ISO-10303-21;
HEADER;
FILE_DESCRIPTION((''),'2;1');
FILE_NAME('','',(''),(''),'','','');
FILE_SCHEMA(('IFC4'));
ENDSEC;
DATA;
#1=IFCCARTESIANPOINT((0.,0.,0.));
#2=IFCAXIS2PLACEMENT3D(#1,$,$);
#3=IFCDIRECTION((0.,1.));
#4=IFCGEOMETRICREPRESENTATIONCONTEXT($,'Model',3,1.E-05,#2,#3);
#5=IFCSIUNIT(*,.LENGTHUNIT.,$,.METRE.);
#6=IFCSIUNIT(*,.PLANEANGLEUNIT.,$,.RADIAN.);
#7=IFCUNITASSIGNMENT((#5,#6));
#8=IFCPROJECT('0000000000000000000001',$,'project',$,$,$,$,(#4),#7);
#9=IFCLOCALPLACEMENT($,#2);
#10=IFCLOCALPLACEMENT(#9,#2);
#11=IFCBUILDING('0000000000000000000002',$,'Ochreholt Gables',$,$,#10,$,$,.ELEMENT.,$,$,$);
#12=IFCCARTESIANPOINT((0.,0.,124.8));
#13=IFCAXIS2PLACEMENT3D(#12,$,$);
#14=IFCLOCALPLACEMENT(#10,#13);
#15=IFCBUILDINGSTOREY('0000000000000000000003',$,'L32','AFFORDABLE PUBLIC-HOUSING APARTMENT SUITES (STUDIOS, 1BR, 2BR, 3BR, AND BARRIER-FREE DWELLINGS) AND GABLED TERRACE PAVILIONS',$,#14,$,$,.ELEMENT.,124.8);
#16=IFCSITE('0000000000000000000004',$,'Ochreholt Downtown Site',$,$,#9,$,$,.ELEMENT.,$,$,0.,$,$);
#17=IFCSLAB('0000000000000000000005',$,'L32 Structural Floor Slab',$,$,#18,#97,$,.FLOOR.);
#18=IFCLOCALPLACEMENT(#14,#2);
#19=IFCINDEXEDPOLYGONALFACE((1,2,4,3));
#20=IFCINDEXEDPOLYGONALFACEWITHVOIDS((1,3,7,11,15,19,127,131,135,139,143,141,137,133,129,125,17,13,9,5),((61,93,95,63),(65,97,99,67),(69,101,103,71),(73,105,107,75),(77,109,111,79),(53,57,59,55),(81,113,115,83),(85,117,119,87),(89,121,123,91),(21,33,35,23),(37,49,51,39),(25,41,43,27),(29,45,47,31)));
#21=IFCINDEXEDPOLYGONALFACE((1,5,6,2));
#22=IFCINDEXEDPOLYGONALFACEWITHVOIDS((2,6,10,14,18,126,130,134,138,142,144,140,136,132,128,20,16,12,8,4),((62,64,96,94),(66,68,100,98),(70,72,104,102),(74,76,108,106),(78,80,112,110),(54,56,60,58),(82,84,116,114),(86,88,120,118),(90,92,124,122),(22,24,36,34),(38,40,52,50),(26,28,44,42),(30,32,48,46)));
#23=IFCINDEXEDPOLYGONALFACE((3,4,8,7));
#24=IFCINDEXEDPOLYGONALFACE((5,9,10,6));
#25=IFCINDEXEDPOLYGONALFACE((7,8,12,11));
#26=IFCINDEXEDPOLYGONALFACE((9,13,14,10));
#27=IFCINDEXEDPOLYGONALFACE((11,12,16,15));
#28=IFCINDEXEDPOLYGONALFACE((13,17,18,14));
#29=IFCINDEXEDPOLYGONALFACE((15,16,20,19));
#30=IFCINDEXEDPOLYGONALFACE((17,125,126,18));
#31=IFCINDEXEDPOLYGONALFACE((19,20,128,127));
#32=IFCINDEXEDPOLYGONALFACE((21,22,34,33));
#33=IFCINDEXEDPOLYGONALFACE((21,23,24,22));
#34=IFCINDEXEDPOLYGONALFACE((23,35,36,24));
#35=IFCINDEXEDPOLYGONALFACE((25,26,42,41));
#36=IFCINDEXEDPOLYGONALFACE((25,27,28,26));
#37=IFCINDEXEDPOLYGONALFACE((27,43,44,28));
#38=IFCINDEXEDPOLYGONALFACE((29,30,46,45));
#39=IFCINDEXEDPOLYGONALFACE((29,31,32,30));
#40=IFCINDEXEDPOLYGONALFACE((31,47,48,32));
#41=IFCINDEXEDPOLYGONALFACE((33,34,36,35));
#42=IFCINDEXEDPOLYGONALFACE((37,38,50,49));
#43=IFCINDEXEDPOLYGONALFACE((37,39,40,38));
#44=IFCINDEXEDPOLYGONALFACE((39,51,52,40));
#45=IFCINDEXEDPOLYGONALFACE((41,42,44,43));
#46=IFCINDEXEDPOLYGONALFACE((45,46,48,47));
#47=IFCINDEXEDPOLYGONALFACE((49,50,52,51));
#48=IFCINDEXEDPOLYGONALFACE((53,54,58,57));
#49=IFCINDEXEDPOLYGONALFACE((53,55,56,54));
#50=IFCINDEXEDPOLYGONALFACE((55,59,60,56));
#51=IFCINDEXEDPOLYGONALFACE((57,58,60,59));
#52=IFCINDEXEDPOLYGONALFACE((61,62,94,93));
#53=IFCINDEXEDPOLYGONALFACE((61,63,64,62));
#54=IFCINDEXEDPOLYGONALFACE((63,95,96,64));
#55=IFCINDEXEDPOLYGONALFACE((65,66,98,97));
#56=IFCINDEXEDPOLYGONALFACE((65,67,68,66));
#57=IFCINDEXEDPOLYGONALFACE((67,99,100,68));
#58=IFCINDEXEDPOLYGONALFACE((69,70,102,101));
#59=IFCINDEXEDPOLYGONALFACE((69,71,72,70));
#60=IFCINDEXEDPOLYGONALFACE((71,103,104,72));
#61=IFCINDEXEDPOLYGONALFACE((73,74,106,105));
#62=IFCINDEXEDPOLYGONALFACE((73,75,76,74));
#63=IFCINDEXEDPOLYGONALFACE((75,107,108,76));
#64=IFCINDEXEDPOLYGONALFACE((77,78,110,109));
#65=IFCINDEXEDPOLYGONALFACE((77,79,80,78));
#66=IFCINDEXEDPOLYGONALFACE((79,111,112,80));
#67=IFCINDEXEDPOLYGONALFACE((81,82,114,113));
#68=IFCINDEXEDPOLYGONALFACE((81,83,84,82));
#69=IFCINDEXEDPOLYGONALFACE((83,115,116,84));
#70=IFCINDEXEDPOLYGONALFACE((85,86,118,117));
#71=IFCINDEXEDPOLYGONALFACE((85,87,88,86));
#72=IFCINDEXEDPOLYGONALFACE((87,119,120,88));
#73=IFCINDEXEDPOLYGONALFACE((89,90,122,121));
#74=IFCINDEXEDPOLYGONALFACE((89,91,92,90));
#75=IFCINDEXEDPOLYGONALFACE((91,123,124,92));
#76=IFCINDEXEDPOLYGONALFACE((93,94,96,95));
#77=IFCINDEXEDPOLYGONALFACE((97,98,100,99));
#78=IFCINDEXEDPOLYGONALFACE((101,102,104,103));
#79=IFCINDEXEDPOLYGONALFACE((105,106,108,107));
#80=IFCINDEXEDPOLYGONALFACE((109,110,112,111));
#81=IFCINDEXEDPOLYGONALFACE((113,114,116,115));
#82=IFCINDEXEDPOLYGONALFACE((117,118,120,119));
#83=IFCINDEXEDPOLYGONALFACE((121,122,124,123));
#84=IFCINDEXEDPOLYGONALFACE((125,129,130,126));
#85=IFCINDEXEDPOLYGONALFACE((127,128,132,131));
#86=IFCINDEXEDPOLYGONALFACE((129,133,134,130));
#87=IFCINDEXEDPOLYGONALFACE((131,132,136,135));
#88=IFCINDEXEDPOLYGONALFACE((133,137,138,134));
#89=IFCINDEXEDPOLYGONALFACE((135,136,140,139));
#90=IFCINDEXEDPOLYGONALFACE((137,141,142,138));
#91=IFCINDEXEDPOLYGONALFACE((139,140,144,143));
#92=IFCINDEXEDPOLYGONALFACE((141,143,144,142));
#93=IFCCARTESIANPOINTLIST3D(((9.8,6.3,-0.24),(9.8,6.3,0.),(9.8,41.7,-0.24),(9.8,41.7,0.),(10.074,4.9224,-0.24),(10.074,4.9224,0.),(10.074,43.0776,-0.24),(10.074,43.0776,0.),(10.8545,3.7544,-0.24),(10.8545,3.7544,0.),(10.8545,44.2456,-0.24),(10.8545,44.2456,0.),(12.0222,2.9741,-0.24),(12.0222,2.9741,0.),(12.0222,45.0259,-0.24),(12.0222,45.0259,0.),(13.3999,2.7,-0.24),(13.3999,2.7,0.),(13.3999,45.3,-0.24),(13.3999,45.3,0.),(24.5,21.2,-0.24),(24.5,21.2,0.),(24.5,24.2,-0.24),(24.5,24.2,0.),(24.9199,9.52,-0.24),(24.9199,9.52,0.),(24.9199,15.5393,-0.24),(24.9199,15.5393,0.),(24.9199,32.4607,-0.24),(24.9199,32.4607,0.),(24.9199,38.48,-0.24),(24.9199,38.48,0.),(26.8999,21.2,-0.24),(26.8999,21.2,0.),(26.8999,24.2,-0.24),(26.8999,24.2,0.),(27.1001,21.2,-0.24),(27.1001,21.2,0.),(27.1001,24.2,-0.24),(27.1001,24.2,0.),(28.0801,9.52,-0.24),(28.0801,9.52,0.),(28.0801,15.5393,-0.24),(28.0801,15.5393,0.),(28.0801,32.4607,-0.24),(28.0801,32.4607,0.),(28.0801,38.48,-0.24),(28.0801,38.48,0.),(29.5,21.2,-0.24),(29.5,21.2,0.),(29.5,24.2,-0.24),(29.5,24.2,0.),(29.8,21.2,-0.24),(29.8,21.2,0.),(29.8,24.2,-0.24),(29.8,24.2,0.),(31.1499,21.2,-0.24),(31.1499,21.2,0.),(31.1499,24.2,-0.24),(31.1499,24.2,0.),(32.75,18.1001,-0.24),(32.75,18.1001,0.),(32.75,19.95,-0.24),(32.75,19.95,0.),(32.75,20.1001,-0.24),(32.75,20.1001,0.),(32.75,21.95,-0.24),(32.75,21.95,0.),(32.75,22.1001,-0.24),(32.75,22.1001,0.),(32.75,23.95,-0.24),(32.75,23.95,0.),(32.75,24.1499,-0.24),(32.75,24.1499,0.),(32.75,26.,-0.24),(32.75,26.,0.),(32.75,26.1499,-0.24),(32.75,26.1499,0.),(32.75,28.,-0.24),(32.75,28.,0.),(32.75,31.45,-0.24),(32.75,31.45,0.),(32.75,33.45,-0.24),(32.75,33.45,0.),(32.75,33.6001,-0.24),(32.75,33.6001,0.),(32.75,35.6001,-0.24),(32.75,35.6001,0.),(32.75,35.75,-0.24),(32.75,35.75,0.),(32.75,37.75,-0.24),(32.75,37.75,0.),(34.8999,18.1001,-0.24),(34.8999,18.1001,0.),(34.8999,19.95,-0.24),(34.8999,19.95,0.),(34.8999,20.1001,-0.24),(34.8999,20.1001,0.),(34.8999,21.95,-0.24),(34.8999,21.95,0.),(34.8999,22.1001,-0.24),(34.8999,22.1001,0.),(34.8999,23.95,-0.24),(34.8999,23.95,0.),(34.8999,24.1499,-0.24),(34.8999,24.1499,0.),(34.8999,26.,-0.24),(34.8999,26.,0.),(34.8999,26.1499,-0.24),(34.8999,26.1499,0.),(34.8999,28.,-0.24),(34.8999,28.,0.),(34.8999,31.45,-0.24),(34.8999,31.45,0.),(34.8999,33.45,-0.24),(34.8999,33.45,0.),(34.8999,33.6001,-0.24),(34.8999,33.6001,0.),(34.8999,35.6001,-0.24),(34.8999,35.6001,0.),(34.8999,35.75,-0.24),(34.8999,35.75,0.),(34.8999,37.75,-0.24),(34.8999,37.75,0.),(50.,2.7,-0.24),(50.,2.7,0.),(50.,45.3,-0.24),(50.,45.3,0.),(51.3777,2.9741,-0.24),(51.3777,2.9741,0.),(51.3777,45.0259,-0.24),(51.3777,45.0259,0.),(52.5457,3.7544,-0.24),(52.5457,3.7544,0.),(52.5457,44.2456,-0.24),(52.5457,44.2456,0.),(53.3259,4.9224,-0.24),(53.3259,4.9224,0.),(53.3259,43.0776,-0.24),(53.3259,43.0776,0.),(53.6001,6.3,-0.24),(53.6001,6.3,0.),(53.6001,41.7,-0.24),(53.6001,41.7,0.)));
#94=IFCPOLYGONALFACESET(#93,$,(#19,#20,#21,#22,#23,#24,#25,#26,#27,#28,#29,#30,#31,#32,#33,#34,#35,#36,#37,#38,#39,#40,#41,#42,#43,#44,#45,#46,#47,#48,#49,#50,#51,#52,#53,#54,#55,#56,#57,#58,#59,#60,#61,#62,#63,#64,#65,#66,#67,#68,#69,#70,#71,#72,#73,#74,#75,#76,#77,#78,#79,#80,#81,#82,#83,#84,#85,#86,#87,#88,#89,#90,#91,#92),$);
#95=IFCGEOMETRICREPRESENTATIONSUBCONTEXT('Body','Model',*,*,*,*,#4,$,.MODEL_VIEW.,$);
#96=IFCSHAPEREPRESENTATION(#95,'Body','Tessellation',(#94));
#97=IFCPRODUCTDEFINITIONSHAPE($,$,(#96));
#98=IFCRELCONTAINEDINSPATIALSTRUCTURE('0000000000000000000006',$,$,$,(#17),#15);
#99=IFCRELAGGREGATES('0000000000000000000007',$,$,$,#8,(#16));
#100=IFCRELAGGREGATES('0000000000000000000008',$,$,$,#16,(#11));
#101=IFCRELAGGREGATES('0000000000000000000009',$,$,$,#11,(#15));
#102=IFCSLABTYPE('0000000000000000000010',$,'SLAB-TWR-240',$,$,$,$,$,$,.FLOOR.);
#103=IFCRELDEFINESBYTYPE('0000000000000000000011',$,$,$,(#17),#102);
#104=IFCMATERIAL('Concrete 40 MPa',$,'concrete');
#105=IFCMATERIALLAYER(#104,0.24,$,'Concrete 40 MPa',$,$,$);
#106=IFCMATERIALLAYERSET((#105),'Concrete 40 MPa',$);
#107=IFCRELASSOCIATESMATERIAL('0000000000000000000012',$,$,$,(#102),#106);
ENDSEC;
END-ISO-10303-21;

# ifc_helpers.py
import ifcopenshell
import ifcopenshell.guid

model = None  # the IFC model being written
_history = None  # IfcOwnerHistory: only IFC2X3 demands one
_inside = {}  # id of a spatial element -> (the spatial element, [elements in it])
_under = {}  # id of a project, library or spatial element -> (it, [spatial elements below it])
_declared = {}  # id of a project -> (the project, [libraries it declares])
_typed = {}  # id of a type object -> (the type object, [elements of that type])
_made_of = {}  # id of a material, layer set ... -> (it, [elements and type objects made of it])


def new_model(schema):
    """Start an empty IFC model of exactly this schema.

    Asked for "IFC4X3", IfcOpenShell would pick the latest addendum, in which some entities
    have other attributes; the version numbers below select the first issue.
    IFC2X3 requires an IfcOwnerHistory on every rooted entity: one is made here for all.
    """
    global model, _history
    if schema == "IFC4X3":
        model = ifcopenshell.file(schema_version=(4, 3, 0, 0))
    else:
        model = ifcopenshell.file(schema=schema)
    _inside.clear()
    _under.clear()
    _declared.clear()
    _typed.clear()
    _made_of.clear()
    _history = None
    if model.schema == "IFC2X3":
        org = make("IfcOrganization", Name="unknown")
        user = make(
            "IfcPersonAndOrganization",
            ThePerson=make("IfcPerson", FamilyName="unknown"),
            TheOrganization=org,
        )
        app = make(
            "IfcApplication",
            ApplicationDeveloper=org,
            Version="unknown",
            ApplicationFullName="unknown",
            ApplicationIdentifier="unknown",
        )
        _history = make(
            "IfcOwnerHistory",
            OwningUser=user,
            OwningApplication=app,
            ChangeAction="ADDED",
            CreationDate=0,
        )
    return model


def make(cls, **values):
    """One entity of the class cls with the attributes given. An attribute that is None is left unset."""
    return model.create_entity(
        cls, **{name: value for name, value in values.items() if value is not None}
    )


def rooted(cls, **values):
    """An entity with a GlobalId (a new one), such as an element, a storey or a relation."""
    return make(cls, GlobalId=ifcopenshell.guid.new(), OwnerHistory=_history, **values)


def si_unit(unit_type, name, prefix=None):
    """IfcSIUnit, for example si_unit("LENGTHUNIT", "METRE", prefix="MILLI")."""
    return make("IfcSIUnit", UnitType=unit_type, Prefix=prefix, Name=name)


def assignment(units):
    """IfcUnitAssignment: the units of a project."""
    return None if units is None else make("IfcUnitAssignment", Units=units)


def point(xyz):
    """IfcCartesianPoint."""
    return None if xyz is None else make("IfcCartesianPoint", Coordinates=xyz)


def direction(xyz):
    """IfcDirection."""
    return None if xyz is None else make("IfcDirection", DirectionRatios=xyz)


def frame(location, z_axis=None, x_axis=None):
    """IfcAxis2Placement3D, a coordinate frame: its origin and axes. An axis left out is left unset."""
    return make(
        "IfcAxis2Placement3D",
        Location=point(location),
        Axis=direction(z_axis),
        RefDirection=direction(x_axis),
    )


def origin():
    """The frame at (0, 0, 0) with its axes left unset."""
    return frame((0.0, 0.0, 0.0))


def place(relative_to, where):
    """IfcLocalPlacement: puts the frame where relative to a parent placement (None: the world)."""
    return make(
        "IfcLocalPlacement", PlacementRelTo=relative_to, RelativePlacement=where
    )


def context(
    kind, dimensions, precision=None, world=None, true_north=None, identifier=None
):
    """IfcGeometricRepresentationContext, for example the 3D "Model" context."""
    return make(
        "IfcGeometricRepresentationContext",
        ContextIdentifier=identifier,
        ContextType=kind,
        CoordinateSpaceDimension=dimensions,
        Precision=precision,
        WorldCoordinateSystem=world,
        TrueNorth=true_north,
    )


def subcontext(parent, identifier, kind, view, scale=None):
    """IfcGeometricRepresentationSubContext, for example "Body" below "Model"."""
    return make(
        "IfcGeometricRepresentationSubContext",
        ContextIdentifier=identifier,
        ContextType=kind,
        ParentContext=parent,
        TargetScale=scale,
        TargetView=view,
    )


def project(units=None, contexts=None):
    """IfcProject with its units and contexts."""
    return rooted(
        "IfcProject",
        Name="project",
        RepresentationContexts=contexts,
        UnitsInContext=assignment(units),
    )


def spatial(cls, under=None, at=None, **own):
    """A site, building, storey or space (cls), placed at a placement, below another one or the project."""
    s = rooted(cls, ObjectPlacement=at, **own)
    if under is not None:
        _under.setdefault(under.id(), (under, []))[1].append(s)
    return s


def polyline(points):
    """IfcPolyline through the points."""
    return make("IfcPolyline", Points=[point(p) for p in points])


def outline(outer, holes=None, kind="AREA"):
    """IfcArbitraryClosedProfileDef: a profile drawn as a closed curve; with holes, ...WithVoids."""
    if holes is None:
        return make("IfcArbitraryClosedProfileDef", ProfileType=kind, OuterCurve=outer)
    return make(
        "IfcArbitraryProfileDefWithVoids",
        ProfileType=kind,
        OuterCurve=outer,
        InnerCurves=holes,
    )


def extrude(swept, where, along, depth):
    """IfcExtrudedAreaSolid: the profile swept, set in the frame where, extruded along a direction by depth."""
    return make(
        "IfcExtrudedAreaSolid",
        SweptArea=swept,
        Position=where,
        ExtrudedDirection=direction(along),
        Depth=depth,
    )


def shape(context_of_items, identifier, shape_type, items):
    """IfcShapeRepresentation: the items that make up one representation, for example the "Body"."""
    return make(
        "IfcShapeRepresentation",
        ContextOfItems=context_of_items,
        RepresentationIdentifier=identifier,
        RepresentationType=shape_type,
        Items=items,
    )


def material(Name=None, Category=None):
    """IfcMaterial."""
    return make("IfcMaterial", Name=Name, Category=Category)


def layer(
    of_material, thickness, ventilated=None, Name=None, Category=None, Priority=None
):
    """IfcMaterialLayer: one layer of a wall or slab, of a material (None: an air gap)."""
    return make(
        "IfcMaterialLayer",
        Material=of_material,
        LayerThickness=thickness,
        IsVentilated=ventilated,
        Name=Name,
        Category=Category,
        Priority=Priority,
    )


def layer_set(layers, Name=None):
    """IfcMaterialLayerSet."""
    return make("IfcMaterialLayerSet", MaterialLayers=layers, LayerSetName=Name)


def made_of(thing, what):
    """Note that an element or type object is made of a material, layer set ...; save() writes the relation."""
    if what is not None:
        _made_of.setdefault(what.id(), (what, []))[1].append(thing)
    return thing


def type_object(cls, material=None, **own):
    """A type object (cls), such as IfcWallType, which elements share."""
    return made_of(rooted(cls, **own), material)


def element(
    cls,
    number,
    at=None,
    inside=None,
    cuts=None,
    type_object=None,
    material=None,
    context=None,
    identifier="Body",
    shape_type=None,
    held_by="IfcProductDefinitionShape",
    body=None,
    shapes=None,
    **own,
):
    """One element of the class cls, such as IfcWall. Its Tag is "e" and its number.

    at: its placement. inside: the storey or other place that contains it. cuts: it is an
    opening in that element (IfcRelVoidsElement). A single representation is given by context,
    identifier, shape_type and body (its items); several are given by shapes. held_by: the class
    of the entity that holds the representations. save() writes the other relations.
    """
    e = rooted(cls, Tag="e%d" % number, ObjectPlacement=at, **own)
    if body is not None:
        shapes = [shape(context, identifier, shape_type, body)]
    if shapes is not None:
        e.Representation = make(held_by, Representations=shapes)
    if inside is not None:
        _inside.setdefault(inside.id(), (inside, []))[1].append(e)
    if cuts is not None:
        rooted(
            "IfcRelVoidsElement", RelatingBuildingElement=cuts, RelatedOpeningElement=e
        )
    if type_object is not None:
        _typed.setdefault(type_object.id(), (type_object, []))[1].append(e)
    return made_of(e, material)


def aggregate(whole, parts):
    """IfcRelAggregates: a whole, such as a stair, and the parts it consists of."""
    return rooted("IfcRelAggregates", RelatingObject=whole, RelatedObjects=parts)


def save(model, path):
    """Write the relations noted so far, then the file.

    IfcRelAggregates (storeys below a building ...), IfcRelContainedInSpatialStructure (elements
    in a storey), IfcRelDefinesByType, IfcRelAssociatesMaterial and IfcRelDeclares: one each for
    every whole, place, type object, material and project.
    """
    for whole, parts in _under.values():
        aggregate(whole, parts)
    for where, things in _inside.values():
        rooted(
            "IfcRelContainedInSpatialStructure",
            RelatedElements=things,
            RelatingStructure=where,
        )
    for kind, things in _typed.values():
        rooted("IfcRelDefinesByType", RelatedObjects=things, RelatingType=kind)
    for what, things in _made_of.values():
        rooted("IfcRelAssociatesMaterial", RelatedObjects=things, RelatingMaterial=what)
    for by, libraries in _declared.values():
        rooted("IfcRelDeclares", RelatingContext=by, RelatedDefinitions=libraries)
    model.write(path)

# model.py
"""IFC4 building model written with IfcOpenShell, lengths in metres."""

from ifc_helpers import new_model, si_unit, direction, frame, origin, place, context, subcontext, project, spatial, polyline, outline, extrude, material, layer, layer_set, type_object, element, save


model = new_model("IFC4")

# Units and contexts
model_context = context("Model", 3, precision=1e-05, world=origin(), true_north=direction((0.0, 1.0)))
body_context = subcontext(model_context, "Body", "Model", "MODEL_VIEW")
ifc_project = project(units=[si_unit("LENGTHUNIT", "METRE"), si_unit("PLANEANGLEUNIT", "RADIAN")], contexts=[model_context])

# Site, building, storey
site_placement = place(None, origin())
site = spatial("IfcSite", under=ifc_project, at=site_placement, Name="Ochreholt Downtown Site", CompositionType="ELEMENT", RefElevation=0.0)
building_placement = place(site_placement, origin())
building = spatial("IfcBuilding", under=site, at=building_placement, Name="Ochreholt Gables", CompositionType="ELEMENT")
storey_placement = place(building_placement, frame((0.0, 0.0, 124.8)))
storey = spatial("IfcBuildingStorey", under=building, at=storey_placement, Name="L32", Description="AFFORDABLE PUBLIC-HOUSING APARTMENT SUITES (STUDIOS, 1BR, 2BR, 3BR, AND BARRIER-FREE DWELLINGS) AND GABLED TERRACE PAVILIONS", CompositionType="ELEMENT", Elevation=124.8)

# Shared definitions
ifc_material_1 = material(Name="Concrete 40 MPa", Category="concrete")

# Slab
ifc_layer_1 = layer(ifc_material_1, 0.24, Name="Concrete 40 MPa")
ifc_layer_set_1 = layer_set([ifc_layer_1], Name="Concrete 40 MPa")
slab_type_1 = type_object("IfcSlabType", Name="SLAB-TWR-240", PredefinedType="FLOOR", material=ifc_layer_set_1)
slab_1_placement = place(storey_placement, frame((0.0, 0.0, -0.24)))
element("IfcSlab", 1, at=slab_1_placement, inside=storey, type_object=slab_type_1, Name="L32 Structural Floor Slab", PredefinedType="FLOOR", context=body_context, shape_type="SweptSolid", body=[
    extrude(outline(polyline([(9.8, 6.3), (10.074, 4.9224), (10.8545, 3.7544), (12.0222, 2.9741), (13.3999, 2.7), (50.0, 2.7), (51.3777, 2.9741), (52.5457, 3.7544), (53.3259, 4.9224), (53.6001, 6.3), (53.6001, 41.7), (53.3259, 43.0776), (52.5457, 44.2456), (51.3777, 45.0259), (50.0, 45.3), (13.3999, 45.3), (12.0222, 45.0259), (10.8545, 44.2456), (10.074, 43.0776), (9.8, 41.7), (9.8, 6.3)]), holes=[polyline([(24.9199, 15.5393), (24.9199, 9.52), (28.0801, 9.52), (28.0801, 15.5393), (24.9199, 15.5393)]), polyline([(28.0801, 32.4607), (28.0801, 38.48), (24.9199, 38.48), (24.9199, 32.4607), (28.0801, 32.4607)]), polyline([(24.5, 21.2), (26.8999, 21.2), (26.8999, 24.2), (24.5, 24.2), (24.5, 21.2)]), polyline([(27.1001, 21.2), (29.5, 21.2), (29.5, 24.2), (27.1001, 24.2), (27.1001, 21.2)]), polyline([(32.75, 18.1001), (34.8999, 18.1001), (34.8999, 19.95), (32.75, 19.95), (32.75, 18.1001)]), polyline([(32.75, 20.1001), (34.8999, 20.1001), (34.8999, 21.95), (32.75, 21.95), (32.75, 20.1001)]), polyline([(32.75, 22.1001), (34.8999, 22.1001), (34.8999, 23.95), (32.75, 23.95), (32.75, 22.1001)]), polyline([(32.75, 24.1499), (34.8999, 24.1499), (34.8999, 26.0), (32.75, 26.0), (32.75, 24.1499)]), polyline([(32.75, 26.1499), (34.8999, 26.1499), (34.8999, 28.0), (32.75, 28.0), (32.75, 26.1499)]), polyline([(32.75, 31.45), (34.8999, 31.45), (34.8999, 33.45), (32.75, 33.45), (32.75, 31.45)]), polyline([(32.75, 33.6001), (34.8999, 33.6001), (34.8999, 35.6001), (32.75, 35.6001), (32.75, 33.6001)]), polyline([(32.75, 35.75), (34.8999, 35.75), (34.8999, 37.75), (32.75, 37.75), (32.75, 35.75)]), polyline([(29.8, 21.2), (31.1499, 21.2), (31.1499, 24.2), (29.8, 24.2), (29.8, 21.2)])]), origin(), (0.0, 0.0, 1.0), 0.24),
])

save(model, "model.ifc")
